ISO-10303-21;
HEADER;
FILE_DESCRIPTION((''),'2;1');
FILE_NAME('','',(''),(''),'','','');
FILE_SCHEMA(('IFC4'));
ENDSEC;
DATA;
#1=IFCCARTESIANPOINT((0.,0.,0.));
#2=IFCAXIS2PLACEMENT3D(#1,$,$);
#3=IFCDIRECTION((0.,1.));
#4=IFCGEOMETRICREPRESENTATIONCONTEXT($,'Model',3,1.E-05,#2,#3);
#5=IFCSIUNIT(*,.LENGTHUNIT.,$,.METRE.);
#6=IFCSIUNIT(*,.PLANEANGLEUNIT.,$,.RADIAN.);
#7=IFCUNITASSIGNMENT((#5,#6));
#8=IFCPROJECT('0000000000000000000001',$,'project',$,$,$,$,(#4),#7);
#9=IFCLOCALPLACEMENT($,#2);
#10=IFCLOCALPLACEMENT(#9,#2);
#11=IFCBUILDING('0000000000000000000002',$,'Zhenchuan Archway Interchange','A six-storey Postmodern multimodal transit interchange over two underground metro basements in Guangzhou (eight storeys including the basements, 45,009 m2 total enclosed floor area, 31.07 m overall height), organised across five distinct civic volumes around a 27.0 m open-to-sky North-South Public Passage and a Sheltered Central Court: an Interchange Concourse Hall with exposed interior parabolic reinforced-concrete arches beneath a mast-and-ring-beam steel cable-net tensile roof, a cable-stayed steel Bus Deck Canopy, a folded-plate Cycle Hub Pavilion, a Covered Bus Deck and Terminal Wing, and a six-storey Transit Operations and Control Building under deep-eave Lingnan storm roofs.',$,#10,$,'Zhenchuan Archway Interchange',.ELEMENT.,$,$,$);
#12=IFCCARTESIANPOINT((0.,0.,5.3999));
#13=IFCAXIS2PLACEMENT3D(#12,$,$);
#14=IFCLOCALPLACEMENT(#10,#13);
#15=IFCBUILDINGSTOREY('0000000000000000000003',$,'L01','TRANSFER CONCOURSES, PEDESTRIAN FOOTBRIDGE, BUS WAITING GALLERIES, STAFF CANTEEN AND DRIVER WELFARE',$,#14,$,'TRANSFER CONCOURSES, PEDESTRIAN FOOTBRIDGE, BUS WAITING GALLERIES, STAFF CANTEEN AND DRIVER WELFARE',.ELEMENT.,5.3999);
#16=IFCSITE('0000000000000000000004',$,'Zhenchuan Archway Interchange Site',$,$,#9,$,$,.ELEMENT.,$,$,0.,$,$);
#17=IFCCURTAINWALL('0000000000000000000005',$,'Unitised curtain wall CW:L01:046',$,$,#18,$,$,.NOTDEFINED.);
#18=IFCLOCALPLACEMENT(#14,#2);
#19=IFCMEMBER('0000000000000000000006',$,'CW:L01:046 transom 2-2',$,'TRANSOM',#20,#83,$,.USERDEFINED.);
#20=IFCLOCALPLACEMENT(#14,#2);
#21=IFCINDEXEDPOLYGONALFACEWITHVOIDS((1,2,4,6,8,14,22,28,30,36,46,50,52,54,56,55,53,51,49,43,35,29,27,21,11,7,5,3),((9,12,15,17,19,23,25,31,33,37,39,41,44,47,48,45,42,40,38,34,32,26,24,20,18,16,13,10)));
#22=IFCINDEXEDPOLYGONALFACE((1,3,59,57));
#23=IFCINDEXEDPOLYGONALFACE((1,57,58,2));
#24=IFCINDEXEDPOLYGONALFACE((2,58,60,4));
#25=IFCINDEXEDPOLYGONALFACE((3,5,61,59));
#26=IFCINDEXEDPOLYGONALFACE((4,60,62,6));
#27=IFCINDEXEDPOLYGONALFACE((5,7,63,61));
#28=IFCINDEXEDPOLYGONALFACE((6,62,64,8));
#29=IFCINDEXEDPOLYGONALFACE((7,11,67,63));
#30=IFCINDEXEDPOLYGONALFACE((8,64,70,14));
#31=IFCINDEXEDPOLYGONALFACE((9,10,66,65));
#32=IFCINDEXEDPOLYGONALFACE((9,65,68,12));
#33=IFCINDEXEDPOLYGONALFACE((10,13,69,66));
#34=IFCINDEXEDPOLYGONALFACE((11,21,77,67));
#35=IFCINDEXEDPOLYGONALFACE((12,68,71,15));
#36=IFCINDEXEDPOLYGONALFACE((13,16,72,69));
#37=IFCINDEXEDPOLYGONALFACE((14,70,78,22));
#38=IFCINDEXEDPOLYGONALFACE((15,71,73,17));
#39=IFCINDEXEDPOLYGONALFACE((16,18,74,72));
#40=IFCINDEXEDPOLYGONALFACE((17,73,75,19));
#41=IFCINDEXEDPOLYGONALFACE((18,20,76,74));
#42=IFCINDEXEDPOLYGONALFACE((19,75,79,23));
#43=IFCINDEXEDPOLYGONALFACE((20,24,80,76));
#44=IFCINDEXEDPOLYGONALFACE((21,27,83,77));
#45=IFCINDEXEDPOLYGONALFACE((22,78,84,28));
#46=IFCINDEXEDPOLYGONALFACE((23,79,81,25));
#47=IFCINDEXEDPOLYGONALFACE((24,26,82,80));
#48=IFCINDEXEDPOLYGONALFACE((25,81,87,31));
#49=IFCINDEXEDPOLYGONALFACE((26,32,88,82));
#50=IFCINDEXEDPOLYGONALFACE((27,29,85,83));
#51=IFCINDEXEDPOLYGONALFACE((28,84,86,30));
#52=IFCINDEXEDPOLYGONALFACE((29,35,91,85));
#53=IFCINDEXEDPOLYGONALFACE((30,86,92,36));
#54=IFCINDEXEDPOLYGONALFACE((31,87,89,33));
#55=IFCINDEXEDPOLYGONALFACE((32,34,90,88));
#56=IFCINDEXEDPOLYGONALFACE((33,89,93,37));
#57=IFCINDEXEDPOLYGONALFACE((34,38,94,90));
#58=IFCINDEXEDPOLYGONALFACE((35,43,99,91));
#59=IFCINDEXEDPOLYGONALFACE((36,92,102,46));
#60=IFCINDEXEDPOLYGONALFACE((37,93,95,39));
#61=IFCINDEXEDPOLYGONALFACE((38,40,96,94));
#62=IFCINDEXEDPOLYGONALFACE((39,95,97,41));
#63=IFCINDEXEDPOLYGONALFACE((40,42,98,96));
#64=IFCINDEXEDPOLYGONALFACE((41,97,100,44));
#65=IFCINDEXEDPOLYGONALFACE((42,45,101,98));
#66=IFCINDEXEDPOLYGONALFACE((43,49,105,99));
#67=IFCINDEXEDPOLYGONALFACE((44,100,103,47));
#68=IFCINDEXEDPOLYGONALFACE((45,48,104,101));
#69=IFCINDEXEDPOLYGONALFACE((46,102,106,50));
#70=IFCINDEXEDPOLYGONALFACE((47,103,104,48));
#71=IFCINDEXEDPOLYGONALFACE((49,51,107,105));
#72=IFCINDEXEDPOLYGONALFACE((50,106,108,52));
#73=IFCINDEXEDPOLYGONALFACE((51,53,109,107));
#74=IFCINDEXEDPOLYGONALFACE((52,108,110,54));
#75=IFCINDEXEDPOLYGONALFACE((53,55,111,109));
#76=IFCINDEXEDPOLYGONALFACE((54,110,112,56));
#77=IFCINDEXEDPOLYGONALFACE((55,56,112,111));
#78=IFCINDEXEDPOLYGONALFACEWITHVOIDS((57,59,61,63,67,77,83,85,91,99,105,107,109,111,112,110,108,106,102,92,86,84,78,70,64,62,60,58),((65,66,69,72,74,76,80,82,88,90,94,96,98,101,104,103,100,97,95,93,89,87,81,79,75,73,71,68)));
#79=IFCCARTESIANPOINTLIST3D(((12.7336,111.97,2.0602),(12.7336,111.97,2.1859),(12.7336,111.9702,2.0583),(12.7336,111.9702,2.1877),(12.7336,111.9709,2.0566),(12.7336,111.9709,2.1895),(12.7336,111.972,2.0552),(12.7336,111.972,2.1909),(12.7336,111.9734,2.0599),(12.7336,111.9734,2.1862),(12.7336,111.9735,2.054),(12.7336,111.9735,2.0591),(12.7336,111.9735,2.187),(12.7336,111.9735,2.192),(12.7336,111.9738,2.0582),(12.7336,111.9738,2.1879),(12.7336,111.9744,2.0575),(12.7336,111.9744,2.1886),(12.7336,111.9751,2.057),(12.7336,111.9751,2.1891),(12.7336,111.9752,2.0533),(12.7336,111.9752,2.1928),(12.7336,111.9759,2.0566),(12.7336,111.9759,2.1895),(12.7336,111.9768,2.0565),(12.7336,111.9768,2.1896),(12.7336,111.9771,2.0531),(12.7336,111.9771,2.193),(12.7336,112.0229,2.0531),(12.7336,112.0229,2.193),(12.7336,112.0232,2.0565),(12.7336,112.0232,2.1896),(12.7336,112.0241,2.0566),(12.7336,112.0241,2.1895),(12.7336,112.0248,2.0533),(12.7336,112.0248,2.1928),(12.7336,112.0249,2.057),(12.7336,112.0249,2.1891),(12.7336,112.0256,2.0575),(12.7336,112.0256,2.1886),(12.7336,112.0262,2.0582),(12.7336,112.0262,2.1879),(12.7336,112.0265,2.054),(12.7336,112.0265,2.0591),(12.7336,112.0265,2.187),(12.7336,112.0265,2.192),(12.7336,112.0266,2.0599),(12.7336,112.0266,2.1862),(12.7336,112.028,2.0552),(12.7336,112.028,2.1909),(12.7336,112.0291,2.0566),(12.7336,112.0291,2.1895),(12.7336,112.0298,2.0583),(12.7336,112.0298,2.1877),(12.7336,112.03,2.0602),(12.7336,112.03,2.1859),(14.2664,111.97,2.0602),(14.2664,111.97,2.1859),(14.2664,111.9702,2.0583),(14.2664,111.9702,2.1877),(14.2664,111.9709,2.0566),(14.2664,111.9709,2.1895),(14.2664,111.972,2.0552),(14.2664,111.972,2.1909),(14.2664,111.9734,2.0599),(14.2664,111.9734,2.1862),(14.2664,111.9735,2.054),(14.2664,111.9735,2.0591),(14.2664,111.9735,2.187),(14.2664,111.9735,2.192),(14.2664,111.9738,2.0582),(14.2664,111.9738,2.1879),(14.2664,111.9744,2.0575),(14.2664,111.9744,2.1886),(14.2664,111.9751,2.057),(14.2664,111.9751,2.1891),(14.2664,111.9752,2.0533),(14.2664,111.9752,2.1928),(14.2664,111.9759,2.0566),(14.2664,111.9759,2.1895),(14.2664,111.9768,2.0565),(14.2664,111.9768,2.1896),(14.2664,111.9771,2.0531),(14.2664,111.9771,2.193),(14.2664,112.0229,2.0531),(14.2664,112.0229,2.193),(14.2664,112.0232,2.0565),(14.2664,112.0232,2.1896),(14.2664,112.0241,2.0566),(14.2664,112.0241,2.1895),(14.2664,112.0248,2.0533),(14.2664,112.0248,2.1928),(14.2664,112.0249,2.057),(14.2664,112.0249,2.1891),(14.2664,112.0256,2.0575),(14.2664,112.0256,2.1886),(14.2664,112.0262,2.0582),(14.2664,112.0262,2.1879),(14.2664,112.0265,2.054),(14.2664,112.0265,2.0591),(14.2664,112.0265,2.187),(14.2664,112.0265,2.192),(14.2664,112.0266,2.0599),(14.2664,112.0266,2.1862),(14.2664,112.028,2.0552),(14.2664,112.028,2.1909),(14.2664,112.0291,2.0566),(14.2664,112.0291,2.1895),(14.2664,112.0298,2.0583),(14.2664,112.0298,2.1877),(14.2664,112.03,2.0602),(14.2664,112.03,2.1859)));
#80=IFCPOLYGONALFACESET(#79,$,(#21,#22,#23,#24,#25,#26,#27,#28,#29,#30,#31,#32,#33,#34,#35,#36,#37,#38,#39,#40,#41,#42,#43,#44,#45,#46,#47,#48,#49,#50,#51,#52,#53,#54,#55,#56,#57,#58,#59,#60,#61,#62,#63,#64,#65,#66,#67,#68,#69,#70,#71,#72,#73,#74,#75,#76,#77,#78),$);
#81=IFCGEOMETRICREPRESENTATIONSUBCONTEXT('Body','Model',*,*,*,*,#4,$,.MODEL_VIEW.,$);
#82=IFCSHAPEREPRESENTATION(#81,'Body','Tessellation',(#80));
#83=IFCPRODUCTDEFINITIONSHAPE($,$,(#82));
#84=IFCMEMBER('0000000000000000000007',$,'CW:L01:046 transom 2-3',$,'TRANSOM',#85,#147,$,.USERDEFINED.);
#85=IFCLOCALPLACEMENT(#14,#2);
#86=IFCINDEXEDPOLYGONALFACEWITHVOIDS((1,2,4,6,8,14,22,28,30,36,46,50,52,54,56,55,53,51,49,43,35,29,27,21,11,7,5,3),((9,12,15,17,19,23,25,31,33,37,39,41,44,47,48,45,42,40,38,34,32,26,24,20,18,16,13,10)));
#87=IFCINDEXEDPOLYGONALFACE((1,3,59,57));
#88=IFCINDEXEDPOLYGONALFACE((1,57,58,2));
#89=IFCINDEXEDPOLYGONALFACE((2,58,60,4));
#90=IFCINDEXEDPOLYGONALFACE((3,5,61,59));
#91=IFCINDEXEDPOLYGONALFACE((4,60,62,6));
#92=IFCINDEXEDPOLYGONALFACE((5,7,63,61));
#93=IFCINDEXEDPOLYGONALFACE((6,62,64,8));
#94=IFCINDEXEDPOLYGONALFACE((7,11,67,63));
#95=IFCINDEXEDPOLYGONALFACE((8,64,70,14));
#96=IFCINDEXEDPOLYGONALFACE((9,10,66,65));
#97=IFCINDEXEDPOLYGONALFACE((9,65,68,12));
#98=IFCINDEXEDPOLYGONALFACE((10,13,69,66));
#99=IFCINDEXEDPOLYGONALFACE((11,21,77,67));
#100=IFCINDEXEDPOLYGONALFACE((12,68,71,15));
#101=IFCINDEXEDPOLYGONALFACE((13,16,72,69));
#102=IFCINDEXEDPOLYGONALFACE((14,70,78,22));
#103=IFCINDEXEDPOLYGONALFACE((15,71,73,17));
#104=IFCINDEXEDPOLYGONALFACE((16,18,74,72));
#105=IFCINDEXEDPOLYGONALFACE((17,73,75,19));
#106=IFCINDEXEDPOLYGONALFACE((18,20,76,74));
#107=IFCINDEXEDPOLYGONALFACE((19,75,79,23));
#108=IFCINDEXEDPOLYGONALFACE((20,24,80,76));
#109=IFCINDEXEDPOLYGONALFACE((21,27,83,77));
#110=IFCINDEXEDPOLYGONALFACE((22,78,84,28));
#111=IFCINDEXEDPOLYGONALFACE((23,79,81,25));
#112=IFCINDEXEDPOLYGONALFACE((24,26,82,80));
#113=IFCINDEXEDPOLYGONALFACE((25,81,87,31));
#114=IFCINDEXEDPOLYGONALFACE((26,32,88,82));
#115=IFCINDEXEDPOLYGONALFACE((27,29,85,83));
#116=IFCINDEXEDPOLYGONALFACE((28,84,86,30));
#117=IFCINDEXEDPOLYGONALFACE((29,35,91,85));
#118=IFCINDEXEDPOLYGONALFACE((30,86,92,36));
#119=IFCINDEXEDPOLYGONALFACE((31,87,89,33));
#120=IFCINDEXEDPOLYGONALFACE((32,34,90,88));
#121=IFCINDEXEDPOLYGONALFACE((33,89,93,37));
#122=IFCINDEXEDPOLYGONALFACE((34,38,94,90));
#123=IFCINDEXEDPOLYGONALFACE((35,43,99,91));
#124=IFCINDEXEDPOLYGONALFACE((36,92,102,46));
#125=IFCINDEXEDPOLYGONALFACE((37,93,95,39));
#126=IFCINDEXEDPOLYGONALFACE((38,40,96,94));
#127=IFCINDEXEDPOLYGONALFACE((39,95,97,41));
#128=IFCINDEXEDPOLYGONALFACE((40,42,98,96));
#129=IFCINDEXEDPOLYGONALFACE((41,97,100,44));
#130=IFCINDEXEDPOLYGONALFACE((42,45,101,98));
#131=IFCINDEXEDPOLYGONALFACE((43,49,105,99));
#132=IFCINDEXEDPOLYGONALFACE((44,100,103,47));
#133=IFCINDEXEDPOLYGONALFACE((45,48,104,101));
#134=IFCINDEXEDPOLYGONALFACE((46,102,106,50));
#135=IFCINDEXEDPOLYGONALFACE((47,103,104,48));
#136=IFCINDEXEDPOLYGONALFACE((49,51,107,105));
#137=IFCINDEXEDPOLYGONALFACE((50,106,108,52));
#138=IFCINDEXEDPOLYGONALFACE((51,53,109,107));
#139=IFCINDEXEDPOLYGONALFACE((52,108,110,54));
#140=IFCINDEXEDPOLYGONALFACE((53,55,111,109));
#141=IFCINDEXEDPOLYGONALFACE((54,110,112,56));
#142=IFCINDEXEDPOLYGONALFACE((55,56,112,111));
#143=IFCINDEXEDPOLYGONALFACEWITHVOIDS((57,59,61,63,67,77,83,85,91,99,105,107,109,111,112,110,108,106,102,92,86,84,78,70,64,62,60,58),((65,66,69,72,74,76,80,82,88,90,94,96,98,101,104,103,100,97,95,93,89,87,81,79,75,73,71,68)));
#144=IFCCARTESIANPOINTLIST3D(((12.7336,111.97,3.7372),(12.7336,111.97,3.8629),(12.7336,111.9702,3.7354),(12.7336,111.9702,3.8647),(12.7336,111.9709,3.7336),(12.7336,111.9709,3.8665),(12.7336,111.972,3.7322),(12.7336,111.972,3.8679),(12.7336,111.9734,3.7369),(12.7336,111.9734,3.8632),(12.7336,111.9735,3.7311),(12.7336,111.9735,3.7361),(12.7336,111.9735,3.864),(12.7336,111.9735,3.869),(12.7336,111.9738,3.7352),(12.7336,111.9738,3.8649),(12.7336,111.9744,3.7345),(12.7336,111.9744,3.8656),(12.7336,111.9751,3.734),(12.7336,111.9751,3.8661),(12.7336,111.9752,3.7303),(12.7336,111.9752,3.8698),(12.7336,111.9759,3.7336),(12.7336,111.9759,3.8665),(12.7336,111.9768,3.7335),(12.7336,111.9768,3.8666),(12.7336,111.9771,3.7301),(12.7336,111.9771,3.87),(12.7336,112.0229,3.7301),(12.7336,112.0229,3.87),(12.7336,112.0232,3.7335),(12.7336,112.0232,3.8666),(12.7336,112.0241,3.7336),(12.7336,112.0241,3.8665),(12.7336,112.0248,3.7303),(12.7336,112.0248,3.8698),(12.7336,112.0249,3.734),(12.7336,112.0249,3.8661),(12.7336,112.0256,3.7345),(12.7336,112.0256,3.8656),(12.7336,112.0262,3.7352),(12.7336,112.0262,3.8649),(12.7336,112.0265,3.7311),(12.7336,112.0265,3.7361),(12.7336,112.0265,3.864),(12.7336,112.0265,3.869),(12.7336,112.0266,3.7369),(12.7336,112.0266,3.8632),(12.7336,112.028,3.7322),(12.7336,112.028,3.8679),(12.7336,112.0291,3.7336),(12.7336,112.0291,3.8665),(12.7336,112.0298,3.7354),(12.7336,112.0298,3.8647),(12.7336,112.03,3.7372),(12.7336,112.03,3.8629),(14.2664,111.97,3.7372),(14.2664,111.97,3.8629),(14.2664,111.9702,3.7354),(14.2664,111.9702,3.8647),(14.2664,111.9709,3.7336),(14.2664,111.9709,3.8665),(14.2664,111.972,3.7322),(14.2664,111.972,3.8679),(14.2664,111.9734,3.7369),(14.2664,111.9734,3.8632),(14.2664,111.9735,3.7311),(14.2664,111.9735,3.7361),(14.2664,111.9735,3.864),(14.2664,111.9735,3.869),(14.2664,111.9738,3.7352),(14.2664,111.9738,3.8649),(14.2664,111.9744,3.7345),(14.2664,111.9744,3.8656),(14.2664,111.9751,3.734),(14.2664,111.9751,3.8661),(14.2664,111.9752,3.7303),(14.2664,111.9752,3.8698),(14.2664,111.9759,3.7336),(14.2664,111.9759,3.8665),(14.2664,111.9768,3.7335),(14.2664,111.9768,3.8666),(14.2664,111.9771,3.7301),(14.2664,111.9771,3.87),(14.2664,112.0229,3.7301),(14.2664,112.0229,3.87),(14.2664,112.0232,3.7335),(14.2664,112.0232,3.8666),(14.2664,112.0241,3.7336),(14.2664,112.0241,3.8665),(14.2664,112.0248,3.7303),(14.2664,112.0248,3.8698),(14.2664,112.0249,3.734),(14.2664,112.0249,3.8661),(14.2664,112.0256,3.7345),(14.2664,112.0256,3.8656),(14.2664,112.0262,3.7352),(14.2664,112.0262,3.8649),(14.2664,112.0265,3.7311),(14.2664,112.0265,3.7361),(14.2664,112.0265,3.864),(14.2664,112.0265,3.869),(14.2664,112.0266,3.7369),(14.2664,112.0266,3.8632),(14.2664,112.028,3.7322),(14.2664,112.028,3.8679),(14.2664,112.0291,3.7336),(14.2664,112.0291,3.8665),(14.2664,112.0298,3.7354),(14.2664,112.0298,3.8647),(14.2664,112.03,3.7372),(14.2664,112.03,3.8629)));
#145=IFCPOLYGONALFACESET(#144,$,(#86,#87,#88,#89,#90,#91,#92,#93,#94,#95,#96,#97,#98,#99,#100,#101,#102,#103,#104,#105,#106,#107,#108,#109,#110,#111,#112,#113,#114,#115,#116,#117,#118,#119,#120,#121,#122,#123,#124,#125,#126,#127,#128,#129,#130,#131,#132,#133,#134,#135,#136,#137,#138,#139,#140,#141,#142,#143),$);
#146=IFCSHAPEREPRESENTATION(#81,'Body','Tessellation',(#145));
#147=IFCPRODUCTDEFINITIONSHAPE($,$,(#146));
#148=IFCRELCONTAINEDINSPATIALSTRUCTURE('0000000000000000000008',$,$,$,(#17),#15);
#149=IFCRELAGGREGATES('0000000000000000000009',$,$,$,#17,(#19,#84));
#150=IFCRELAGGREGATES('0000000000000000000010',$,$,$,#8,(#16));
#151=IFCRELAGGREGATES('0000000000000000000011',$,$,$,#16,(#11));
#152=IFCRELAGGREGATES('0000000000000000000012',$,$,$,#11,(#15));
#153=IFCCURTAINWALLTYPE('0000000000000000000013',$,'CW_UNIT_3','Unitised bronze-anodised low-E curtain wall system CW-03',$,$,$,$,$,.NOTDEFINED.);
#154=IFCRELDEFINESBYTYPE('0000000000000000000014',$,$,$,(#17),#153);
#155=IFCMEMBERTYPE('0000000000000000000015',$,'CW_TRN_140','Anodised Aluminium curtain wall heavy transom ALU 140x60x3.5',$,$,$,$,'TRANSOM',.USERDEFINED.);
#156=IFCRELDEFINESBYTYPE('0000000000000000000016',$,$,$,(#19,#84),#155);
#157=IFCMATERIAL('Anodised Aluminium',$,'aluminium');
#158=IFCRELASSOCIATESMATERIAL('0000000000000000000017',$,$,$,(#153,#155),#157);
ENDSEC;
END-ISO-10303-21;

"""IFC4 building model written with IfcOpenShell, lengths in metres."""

from ifc_helpers import new_model, si_unit, direction, frame, origin, origin_2d, place, context, subcontext, project, spatial, hollow_rectangle, extrude, material, material_profile, profile_set, type_object, element, aggregate, save


model = new_model("IFC4")

# Units and contexts
model_context = context("Model", 3, precision=1e-05, world=origin(), true_north=direction((0.0, 1.0)))
body_context = subcontext(model_context, "Body", "Model", "MODEL_VIEW")
ifc_project = project(units=[si_unit("LENGTHUNIT", "METRE"), si_unit("PLANEANGLEUNIT", "RADIAN")], contexts=[model_context])

# Site, building, storey
site_placement = place(None, origin())
site = spatial("IfcSite", under=ifc_project, at=site_placement, Name="Zhenchuan Archway Interchange Site", CompositionType="ELEMENT", RefElevation=0.0)
building_placement = place(site_placement, origin())
building = spatial("IfcBuilding", under=site, at=building_placement, Name="Zhenchuan Archway Interchange", Description="A six-storey Postmodern multimodal transit interchange over two underground metro basements in Guangzhou (eight storeys including the basements, 45,009 m2 total enclosed floor area, 31.07 m overall height), organised across five distinct civic volumes around a 27.0 m open-to-sky North-South Public Passage and a Sheltered Central Court: an Interchange Concourse Hall with exposed interior parabolic reinforced-concrete arches beneath a mast-and-ring-beam steel cable-net tensile roof, a cable-stayed steel Bus Deck Canopy, a folded-plate Cycle Hub Pavilion, a Covered Bus Deck and Terminal Wing, and a six-storey Transit Operations and Control Building under deep-eave Lingnan storm roofs.", LongName="Zhenchuan Archway Interchange", CompositionType="ELEMENT")
storey_placement = place(building_placement, frame((0.0, 0.0, 5.3999)))
storey = spatial("IfcBuildingStorey", under=building, at=storey_placement, Name="L01", Description="TRANSFER CONCOURSES, PEDESTRIAN FOOTBRIDGE, BUS WAITING GALLERIES, STAFF CANTEEN AND DRIVER WELFARE", LongName="TRANSFER CONCOURSES, PEDESTRIAN FOOTBRIDGE, BUS WAITING GALLERIES, STAFF CANTEEN AND DRIVER WELFARE", CompositionType="ELEMENT", Elevation=5.3999)

# Curtain wall, members
ifc_material_1 = material(Name="Anodised Aluminium", Category="aluminium")
curtain_wall_type = type_object("IfcCurtainWallType", Name="CW_UNIT_3", Description="Unitised bronze-anodised low-E curtain wall system CW-03", PredefinedType="NOTDEFINED", material=ifc_material_1)
curtain_wall_placement = place(storey_placement, origin())
curtain_wall = element("IfcCurtainWall", 1, at=curtain_wall_placement, inside=storey, type_object=curtain_wall_type, Name="Unitised curtain wall CW:L01:046", PredefinedType="NOTDEFINED")
ifc_material_profile_1 = material_profile(ifc_material_1, hollow_rectangle(XDim=0.0601, YDim=0.1399, WallThickness=0.0034, InnerFilletRadius=0.0034, OuterFilletRadius=0.0071, at=origin_2d()), Name="ALU 140x60x3.5")
ifc_profile_set_1 = profile_set([ifc_material_profile_1], Name="Anodised Aluminium")
member_type_1 = type_object("IfcMemberType", Name="CW_TRN_140", Description="Anodised Aluminium curtain wall heavy transom ALU 140x60x3.5", ElementType="TRANSOM", PredefinedType="USERDEFINED", material=ifc_profile_set_1)
member_1_placement = place(storey_placement, frame((12.7336, 112.0, 2.123), z_axis=(1.0, 0.0, 0.0), x_axis=(0.0, 1.0, 0.0)))
member_1 = element("IfcMember", 2, at=member_1_placement, type_object=member_type_1, Name="CW:L01:046 transom 2-2", ObjectType="TRANSOM", PredefinedType="USERDEFINED", context=body_context, shape_type="SweptSolid", body=[
    extrude(hollow_rectangle(XDim=0.0601, YDim=0.1399, WallThickness=0.0034, InnerFilletRadius=0.0034, OuterFilletRadius=0.0071, at=origin_2d()), origin(), (0.0, 0.0, 1.0), 1.5327),
])
member_2_placement = place(storey_placement, frame((12.7336, 112.0, 3.8), z_axis=(1.0, 0.0, 0.0), x_axis=(0.0, 1.0, 0.0)))
member_2 = element("IfcMember", 3, at=member_2_placement, type_object=member_type_1, Name="CW:L01:046 transom 2-3", ObjectType="TRANSOM", PredefinedType="USERDEFINED", context=body_context, shape_type="SweptSolid", body=[
    extrude(hollow_rectangle(XDim=0.0601, YDim=0.1399, WallThickness=0.0034, InnerFilletRadius=0.0034, OuterFilletRadius=0.0071, at=origin_2d()), origin(), (0.0, 0.0, 1.0), 1.5327),
])
aggregate(curtain_wall, [member_1, member_2])

save(model, "model.ifc")
